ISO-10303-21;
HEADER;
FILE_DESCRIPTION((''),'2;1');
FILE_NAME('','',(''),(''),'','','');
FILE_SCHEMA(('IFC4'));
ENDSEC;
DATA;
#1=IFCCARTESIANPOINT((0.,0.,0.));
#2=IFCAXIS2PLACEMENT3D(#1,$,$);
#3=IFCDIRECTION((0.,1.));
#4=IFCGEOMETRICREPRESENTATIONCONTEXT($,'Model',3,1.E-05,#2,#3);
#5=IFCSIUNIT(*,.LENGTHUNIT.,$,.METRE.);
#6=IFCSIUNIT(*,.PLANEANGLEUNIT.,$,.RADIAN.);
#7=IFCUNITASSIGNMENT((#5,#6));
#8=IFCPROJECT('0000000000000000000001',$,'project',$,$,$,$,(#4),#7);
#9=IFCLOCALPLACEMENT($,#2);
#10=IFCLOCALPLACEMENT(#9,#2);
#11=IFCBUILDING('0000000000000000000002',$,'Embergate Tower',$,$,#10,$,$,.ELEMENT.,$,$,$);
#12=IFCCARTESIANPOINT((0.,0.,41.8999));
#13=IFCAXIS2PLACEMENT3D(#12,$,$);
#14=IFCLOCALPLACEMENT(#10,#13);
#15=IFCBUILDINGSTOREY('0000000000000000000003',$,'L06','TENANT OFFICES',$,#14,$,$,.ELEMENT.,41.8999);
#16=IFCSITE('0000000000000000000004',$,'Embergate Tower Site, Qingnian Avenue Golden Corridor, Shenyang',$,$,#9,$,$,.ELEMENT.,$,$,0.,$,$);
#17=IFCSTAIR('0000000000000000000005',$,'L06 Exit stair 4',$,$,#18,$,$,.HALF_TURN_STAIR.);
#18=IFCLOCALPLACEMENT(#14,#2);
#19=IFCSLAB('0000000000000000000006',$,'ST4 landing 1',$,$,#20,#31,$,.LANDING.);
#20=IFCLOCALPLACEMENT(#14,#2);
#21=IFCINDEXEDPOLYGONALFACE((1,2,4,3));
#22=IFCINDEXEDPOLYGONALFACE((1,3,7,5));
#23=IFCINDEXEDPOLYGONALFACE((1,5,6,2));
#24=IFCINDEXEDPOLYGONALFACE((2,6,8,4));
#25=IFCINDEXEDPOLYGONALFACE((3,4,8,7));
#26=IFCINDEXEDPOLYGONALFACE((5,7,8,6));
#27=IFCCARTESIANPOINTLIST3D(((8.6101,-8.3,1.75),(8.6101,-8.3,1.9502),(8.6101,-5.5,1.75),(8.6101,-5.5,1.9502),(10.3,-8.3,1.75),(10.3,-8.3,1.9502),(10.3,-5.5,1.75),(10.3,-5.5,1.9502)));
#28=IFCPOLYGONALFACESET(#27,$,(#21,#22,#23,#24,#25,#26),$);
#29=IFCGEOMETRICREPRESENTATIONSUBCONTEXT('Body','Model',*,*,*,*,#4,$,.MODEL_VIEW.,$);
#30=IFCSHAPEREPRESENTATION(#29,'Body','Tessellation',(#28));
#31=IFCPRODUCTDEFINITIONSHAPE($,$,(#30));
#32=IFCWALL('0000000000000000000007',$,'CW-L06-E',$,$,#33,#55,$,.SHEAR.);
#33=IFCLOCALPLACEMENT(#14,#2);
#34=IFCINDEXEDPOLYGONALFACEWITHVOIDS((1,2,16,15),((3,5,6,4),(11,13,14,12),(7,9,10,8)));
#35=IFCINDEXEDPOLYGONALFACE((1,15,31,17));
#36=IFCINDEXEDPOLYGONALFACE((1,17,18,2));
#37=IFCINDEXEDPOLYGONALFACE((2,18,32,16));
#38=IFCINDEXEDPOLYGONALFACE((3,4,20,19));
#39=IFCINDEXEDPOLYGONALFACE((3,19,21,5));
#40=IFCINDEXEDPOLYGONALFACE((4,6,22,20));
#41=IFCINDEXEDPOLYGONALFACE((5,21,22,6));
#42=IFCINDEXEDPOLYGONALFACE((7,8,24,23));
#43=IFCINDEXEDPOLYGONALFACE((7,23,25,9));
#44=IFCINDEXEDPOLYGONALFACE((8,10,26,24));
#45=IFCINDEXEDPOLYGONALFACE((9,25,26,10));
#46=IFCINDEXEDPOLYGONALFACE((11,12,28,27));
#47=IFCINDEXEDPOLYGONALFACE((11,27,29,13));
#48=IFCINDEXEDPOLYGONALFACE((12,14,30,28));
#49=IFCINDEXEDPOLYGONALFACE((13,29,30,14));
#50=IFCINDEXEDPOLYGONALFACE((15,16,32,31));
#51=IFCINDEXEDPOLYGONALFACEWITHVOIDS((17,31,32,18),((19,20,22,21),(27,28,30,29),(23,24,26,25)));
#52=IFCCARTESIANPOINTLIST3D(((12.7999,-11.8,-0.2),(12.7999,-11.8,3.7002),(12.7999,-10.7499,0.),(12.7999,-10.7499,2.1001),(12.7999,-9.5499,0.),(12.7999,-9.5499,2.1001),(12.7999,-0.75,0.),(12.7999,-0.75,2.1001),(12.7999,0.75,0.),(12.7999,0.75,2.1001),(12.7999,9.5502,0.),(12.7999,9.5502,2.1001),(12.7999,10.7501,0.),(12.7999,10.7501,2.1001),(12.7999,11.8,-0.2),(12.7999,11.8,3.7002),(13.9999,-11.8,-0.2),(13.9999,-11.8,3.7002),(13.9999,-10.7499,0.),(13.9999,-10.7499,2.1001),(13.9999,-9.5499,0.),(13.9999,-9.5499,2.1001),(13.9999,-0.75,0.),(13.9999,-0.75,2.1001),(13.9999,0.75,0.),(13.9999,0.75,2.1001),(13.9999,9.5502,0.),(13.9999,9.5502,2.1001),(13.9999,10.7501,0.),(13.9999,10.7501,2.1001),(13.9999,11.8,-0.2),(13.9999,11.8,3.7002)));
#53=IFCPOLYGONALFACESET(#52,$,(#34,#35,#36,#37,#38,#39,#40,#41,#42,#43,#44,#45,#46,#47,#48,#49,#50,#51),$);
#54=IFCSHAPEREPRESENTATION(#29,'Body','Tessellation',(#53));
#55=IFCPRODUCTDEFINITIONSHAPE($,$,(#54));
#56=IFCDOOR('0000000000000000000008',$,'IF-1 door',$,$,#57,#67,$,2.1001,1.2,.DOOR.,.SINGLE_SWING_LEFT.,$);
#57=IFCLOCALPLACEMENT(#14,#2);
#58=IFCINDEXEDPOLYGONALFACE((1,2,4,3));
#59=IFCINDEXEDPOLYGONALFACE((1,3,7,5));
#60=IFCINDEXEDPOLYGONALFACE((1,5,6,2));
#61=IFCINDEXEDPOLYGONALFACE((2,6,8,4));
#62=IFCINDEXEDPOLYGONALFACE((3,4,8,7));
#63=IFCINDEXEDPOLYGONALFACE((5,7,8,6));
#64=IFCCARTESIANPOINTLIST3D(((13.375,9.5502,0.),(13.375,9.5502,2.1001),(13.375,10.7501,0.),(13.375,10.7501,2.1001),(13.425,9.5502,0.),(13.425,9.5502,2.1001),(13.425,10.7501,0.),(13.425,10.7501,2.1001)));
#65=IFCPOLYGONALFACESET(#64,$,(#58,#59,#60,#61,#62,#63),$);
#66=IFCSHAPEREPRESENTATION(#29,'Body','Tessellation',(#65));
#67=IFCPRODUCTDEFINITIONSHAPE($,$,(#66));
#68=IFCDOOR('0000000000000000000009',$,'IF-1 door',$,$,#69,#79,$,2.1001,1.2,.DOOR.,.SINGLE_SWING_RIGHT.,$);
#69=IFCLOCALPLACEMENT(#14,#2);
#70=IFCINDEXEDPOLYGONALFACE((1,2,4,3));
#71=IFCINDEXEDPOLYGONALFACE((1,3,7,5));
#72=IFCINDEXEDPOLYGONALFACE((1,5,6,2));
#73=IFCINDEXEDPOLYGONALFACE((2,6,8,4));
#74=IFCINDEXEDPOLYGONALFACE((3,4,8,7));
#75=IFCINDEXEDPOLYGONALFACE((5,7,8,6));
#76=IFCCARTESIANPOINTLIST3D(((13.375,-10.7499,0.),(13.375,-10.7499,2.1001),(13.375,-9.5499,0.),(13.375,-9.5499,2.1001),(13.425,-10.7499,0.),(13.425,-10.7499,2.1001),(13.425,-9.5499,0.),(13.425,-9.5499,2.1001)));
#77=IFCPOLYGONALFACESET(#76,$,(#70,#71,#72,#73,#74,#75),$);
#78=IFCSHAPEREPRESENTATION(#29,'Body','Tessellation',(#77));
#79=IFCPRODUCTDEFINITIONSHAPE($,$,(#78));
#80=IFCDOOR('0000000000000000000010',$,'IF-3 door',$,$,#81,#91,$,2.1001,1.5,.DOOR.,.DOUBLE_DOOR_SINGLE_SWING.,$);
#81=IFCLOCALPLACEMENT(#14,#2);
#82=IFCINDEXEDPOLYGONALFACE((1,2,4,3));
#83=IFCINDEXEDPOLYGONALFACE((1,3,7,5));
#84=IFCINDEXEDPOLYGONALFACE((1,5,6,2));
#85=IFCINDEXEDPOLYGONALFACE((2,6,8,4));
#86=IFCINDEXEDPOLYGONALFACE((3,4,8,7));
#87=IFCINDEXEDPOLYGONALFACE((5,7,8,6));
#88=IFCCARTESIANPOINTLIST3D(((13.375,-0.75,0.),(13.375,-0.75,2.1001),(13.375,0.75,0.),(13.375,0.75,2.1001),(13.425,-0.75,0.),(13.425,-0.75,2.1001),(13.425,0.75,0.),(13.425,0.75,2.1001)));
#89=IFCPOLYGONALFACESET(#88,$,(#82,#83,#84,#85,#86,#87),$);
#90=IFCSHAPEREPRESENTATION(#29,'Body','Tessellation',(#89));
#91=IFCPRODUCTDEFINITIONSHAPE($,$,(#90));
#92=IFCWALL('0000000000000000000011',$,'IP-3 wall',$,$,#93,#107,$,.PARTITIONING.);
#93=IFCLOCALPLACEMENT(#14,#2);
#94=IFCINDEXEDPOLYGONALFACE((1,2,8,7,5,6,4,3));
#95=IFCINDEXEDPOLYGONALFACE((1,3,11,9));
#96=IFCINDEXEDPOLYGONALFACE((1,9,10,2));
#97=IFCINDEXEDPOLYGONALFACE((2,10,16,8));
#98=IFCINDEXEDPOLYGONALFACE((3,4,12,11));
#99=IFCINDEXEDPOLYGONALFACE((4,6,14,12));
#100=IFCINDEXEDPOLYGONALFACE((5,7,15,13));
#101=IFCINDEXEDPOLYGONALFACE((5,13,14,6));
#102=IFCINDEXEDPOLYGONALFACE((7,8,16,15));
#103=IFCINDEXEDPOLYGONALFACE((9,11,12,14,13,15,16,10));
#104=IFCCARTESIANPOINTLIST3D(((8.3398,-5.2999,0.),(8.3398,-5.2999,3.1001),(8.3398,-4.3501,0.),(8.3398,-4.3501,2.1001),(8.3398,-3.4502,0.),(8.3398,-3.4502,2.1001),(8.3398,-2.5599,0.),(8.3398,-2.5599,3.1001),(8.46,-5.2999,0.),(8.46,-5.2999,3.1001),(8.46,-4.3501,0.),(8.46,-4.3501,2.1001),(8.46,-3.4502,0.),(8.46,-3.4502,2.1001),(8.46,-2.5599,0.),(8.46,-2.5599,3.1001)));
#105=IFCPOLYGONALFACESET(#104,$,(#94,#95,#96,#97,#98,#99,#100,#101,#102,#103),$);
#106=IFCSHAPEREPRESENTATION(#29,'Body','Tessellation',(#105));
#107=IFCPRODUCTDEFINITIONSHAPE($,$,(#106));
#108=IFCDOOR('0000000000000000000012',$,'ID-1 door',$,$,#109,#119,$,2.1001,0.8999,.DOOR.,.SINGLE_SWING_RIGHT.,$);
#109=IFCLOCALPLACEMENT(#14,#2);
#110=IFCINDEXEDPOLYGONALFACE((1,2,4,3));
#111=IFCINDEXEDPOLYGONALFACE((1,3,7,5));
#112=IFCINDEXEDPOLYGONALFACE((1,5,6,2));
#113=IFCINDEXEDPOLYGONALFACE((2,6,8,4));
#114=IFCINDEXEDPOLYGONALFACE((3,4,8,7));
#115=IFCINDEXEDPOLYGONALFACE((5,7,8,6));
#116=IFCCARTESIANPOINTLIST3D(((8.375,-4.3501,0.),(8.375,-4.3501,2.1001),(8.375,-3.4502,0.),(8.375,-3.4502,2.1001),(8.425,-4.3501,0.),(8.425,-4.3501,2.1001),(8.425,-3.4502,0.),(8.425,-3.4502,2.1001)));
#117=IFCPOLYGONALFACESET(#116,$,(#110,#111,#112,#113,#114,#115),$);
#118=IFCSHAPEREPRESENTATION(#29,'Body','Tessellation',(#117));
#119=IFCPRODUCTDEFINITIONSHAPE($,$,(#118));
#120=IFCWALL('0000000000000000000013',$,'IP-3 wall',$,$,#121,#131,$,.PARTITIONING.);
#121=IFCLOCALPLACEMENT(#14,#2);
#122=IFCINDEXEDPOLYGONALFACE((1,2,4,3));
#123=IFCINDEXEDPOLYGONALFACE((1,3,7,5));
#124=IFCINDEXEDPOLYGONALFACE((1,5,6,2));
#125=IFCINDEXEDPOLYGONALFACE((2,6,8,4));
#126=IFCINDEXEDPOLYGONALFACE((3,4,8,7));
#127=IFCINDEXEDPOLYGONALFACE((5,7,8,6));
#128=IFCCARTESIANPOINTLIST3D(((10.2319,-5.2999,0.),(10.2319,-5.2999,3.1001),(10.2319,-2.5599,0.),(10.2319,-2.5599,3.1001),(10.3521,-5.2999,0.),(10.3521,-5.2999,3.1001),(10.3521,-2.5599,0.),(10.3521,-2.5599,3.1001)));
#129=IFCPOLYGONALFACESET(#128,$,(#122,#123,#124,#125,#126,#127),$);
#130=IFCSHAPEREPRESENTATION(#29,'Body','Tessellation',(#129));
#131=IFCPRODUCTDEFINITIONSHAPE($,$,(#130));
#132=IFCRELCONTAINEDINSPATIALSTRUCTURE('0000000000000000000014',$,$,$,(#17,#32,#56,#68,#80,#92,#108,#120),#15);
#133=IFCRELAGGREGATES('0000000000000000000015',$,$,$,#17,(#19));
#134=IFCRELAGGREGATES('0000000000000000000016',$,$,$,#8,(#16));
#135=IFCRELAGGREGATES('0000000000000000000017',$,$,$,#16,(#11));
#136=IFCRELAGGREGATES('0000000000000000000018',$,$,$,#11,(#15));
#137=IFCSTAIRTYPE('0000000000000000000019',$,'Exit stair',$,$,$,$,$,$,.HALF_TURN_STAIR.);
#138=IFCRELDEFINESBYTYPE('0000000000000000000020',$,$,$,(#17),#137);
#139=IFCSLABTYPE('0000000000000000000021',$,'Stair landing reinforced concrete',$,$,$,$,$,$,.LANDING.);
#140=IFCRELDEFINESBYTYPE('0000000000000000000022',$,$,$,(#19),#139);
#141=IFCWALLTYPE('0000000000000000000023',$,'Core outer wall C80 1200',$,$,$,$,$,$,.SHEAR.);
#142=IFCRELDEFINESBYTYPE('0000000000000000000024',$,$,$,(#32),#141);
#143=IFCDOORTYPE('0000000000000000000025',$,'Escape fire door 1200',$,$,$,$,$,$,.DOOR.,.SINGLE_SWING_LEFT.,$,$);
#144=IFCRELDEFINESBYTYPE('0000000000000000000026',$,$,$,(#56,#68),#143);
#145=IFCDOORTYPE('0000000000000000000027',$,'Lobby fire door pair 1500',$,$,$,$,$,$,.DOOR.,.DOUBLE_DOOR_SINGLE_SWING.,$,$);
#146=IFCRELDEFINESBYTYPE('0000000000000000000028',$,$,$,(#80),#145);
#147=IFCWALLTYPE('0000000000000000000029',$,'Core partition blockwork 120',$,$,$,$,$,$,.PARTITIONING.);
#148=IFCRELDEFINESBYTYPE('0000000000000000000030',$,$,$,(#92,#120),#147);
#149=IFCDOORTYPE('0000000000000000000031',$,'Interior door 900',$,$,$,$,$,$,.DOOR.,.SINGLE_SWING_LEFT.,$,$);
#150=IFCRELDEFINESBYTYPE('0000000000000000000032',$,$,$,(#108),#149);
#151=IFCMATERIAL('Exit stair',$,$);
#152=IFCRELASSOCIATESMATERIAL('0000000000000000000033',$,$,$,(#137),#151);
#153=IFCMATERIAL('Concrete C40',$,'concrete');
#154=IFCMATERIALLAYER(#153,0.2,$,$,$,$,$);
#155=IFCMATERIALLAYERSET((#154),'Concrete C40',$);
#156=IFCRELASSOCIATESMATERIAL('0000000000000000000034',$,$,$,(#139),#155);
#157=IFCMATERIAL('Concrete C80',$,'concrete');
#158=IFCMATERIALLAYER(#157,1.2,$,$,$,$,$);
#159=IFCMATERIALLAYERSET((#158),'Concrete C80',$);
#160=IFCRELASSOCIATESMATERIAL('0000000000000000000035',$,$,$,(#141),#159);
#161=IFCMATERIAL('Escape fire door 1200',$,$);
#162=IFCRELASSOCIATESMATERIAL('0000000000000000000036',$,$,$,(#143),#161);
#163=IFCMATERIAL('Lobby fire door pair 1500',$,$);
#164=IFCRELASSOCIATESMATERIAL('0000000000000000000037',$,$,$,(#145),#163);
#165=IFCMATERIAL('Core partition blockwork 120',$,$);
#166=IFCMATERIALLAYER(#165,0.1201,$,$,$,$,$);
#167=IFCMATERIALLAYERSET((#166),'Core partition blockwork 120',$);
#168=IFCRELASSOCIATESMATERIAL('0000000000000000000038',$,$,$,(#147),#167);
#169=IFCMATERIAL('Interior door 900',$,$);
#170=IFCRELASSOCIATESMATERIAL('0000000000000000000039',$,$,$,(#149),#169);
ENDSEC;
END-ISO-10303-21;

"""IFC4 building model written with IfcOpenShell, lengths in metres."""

from ifc_helpers import new_model, si_unit, direction, frame, frame_2d, origin, place, context, subcontext, project, spatial, polyline, rectangle, outline, extrude, source, transform, mapped, material, layer, layer_set, type_object, element, fill, aggregate, save


model = new_model("IFC4")

# Units and contexts
model_context = context("Model", 3, precision=1e-05, world=origin(), true_north=direction((0.0, 1.0)))
body_context = subcontext(model_context, "Body", "Model", "MODEL_VIEW")
ifc_project = project(units=[si_unit("LENGTHUNIT", "METRE"), si_unit("PLANEANGLEUNIT", "RADIAN")], contexts=[model_context])

# Site, building, storey
site_placement = place(None, origin())
site = spatial("IfcSite", under=ifc_project, at=site_placement, Name="Embergate Tower Site, Qingnian Avenue Golden Corridor, Shenyang", CompositionType="ELEMENT", RefElevation=0.0)
building_placement = place(site_placement, origin())
building = spatial("IfcBuilding", under=site, at=building_placement, Name="Embergate Tower", CompositionType="ELEMENT")
storey_placement = place(building_placement, frame((0.0, 0.0, 41.8999)))
storey = spatial("IfcBuildingStorey", under=building, at=storey_placement, Name="L06", Description="TENANT OFFICES", CompositionType="ELEMENT", Elevation=41.8999)

# Stair, slab
ifc_material_1 = material(Name="Exit stair")
stair_type = type_object("IfcStairType", Name="Exit stair", PredefinedType="HALF_TURN_STAIR", material=ifc_material_1)
stair_placement = place(storey_placement, origin())
stair = element("IfcStair", 1, at=stair_placement, inside=storey, type_object=stair_type, Name="L06 Exit stair 4", PredefinedType="HALF_TURN_STAIR")
ifc_material_2 = material(Name="Concrete C40", Category="concrete")
ifc_layer_1 = layer(ifc_material_2, 0.2)
ifc_layer_set_1 = layer_set([ifc_layer_1], Name="Concrete C40")
slab_type = type_object("IfcSlabType", Name="Stair landing reinforced concrete", PredefinedType="LANDING", material=ifc_layer_set_1)
shared_shape_1 = source(origin(), body_context, "Body", "SweptSolid", [
    extrude(outline(polyline([(0.0, 0.0), (1.6899, 0.0), (1.6899, 2.8), (0.0, 2.8), (0.0, 0.0)])), origin(), (0.0, 0.0, 1.0), 0.2002),
])
slab_placement = place(storey_placement, frame((8.6101, -8.3, 1.75)))
slab = element("IfcSlab", 2, at=slab_placement, type_object=slab_type, Name="ST4 landing 1", PredefinedType="LANDING", context=body_context, shape_type="MappedRepresentation", body=[
    mapped(shared_shape_1, transform((0.0, 0.0, 0.0))),
])

# Wall, openings, doors
ifc_material_3 = material(Name="Concrete C80", Category="concrete")
ifc_layer_2 = layer(ifc_material_3, 1.2)
ifc_layer_set_2 = layer_set([ifc_layer_2], Name="Concrete C80")
wall_type_1 = type_object("IfcWallType", Name="Core outer wall C80 1200", PredefinedType="SHEAR", material=ifc_layer_set_2)
shared_shape_2 = source(origin(), body_context, "Body", "SweptSolid", [
    extrude(rectangle(XDim=23.6001, YDim=1.2, at=frame_2d((11.8, 0.0))), origin(), (0.0, 0.0, 1.0), 3.9001),
])
wall_1_placement = place(storey_placement, frame((13.3999, -11.8, -0.2), z_axis=(0.0, 0.0, 1.0), x_axis=(0.0, 1.0, 0.0)))
wall_1 = element("IfcWall", 3, at=wall_1_placement, inside=storey, type_object=wall_type_1, Name="CW-L06-E", PredefinedType="SHEAR", context=body_context, shape_type="MappedRepresentation", body=[
    mapped(shared_shape_2, transform((0.0, 0.0, 0.0))),
])
shared_shape_3 = source(origin(), body_context, "Body", "SweptSolid", [
    extrude(rectangle(XDim=1.2, YDim=2.1001, at=frame_2d((0.6001, 1.05))), frame((0.0, 0.6099, 0.0), z_axis=(0.0, -1.0, 0.0), x_axis=(1.0, 0.0, 0.0)), (0.0, 0.0, 1.0), 1.22),
])
opening_1_placement = place(wall_1_placement, frame((21.3501, 0.0, 0.2)))
opening_1 = element("IfcOpeningElement", 4, at=opening_1_placement, cuts=wall_1, PredefinedType="OPENING", context=body_context, shape_type="MappedRepresentation", body=[
    mapped(shared_shape_3, transform((0.0, 0.0, 0.0))),
])
opening_2_placement = place(wall_1_placement, frame((1.05, 0.0, 0.2)))
opening_2 = element("IfcOpeningElement", 5, at=opening_2_placement, cuts=wall_1, PredefinedType="OPENING", context=body_context, shape_type="MappedRepresentation", body=[
    mapped(shared_shape_3, transform((0.0, 0.0, 0.0))),
])
shared_shape_4 = source(origin(), body_context, "Body", "SweptSolid", [
    extrude(rectangle(XDim=1.5, YDim=2.1001, at=frame_2d((0.75, 1.05))), frame((0.0, 0.6099, 0.0), z_axis=(0.0, -1.0, 0.0), x_axis=(1.0, 0.0, 0.0)), (0.0, 0.0, 1.0), 1.22),
])
opening_3_placement = place(wall_1_placement, frame((11.05, 0.0, 0.2)))
opening_3 = element("IfcOpeningElement", 6, at=opening_3_placement, cuts=wall_1, PredefinedType="OPENING", context=body_context, shape_type="MappedRepresentation", body=[
    mapped(shared_shape_4, transform((0.0, 0.0, 0.0))),
])
ifc_material_4 = material(Name="Escape fire door 1200")
door_type_1 = type_object("IfcDoorType", Name="Escape fire door 1200", OperationType="SINGLE_SWING_LEFT", PredefinedType="DOOR", material=ifc_material_4)
shared_shape_5 = source(origin(), body_context, "Body", "SweptSolid", [
    extrude(rectangle(XDim=1.2, YDim=2.1001, at=frame_2d((0.6001, 1.05))), frame((0.0, 0.0249, 0.0), z_axis=(0.0, -1.0, 0.0), x_axis=(1.0, 0.0, 0.0)), (0.0, 0.0, 1.0), 0.05),
])
door_1_placement = place(opening_1_placement, origin())
door_1 = element("IfcDoor", 7, at=door_1_placement, inside=storey, type_object=door_type_1, Name="IF-1 door", OperationType="SINGLE_SWING_LEFT", OverallHeight=2.1001, OverallWidth=1.2, PredefinedType="DOOR", context=body_context, shape_type="MappedRepresentation", body=[
    mapped(shared_shape_5, transform((0.0, 0.0, 0.0))),
])
fill(opening_1, door_1)
door_2_placement = place(opening_2_placement, origin())
door_2 = element("IfcDoor", 8, at=door_2_placement, inside=storey, type_object=door_type_1, Name="IF-1 door", OperationType="SINGLE_SWING_RIGHT", OverallHeight=2.1001, OverallWidth=1.2, PredefinedType="DOOR", context=body_context, shape_type="MappedRepresentation", body=[
    mapped(shared_shape_5, transform((0.0, 0.0, 0.0))),
])
fill(opening_2, door_2)
ifc_material_5 = material(Name="Lobby fire door pair 1500")
door_type_2 = type_object("IfcDoorType", Name="Lobby fire door pair 1500", OperationType="DOUBLE_DOOR_SINGLE_SWING", PredefinedType="DOOR", material=ifc_material_5)
shared_shape_6 = source(origin(), body_context, "Body", "SweptSolid", [
    extrude(rectangle(XDim=1.5, YDim=2.1001, at=frame_2d((0.75, 1.05))), frame((0.0, 0.0249, 0.0), z_axis=(0.0, -1.0, 0.0), x_axis=(1.0, 0.0, 0.0)), (0.0, 0.0, 1.0), 0.05),
])
door_3_placement = place(opening_3_placement, origin())
door_3 = element("IfcDoor", 9, at=door_3_placement, inside=storey, type_object=door_type_2, Name="IF-3 door", OperationType="DOUBLE_DOOR_SINGLE_SWING", OverallHeight=2.1001, OverallWidth=1.5, PredefinedType="DOOR", context=body_context, shape_type="MappedRepresentation", body=[
    mapped(shared_shape_6, transform((0.0, 0.0, 0.0))),
])
fill(opening_3, door_3)

# Wall, opening, door
ifc_material_6 = material(Name="Core partition blockwork 120")
ifc_layer_3 = layer(ifc_material_6, 0.1201)
ifc_layer_set_3 = layer_set([ifc_layer_3], Name="Core partition blockwork 120")
wall_type_2 = type_object("IfcWallType", Name="Core partition blockwork 120", PredefinedType="PARTITIONING", material=ifc_layer_set_3)
shared_shape_7 = source(origin(), body_context, "Body", "SweptSolid", [
    extrude(rectangle(XDim=2.74, YDim=0.1201, at=frame_2d((1.3701, 0.0))), origin(), (0.0, 0.0, 1.0), 3.1001),
])
wall_2_placement = place(storey_placement, frame((8.3999, -5.3, 0.0), z_axis=(0.0, 0.0, 1.0), x_axis=(0.0, 1.0, 0.0)))
wall_2 = element("IfcWall", 10, at=wall_2_placement, inside=storey, type_object=wall_type_2, Name="IP-3 wall", PredefinedType="PARTITIONING", context=body_context, shape_type="MappedRepresentation", body=[
    mapped(shared_shape_7, transform((0.0, 0.0, 0.0))),
])
shared_shape_8 = source(origin(), body_context, "Body", "SweptSolid", [
    extrude(rectangle(XDim=0.8999, YDim=2.1001, at=frame_2d((0.45, 1.05))), frame((0.0, 0.0701, 0.0), z_axis=(0.0, -1.0, 0.0), x_axis=(1.0, 0.0, 0.0)), (0.0, 0.0, 1.0), 0.1401),
])
opening_4_placement = place(wall_2_placement, frame((0.95, 0.0, 0.0)))
opening_4 = element("IfcOpeningElement", 11, at=opening_4_placement, cuts=wall_2, PredefinedType="OPENING", context=body_context, shape_type="MappedRepresentation", body=[
    mapped(shared_shape_8, transform((0.0, 0.0, 0.0))),
])
ifc_material_7 = material(Name="Interior door 900")
door_type_3 = type_object("IfcDoorType", Name="Interior door 900", OperationType="SINGLE_SWING_LEFT", PredefinedType="DOOR", material=ifc_material_7)
shared_shape_9 = source(origin(), body_context, "Body", "SweptSolid", [
    extrude(rectangle(XDim=0.8999, YDim=2.1001, at=frame_2d((0.45, 1.05))), frame((0.0, 0.0249, 0.0), z_axis=(0.0, -1.0, 0.0), x_axis=(1.0, 0.0, 0.0)), (0.0, 0.0, 1.0), 0.05),
])
door_4_placement = place(opening_4_placement, origin())
door_4 = element("IfcDoor", 12, at=door_4_placement, inside=storey, type_object=door_type_3, Name="ID-1 door", OperationType="SINGLE_SWING_RIGHT", OverallHeight=2.1001, OverallWidth=0.8999, PredefinedType="DOOR", context=body_context, shape_type="MappedRepresentation", body=[
    mapped(shared_shape_9, transform((0.0, 0.0, 0.0))),
])
fill(opening_4, door_4)

# Wall
wall_3_placement = place(storey_placement, frame((10.292, -5.3, 0.0), z_axis=(0.0, 0.0, 1.0), x_axis=(0.0, 1.0, 0.0)))
element("IfcWall", 13, at=wall_3_placement, inside=storey, type_object=wall_type_2, Name="IP-3 wall", PredefinedType="PARTITIONING", context=body_context, shape_type="MappedRepresentation", body=[
    mapped(shared_shape_7, transform((0.0, 0.0, 0.0))),
])

aggregate(stair, [slab])

save(model, "model.ifc")
